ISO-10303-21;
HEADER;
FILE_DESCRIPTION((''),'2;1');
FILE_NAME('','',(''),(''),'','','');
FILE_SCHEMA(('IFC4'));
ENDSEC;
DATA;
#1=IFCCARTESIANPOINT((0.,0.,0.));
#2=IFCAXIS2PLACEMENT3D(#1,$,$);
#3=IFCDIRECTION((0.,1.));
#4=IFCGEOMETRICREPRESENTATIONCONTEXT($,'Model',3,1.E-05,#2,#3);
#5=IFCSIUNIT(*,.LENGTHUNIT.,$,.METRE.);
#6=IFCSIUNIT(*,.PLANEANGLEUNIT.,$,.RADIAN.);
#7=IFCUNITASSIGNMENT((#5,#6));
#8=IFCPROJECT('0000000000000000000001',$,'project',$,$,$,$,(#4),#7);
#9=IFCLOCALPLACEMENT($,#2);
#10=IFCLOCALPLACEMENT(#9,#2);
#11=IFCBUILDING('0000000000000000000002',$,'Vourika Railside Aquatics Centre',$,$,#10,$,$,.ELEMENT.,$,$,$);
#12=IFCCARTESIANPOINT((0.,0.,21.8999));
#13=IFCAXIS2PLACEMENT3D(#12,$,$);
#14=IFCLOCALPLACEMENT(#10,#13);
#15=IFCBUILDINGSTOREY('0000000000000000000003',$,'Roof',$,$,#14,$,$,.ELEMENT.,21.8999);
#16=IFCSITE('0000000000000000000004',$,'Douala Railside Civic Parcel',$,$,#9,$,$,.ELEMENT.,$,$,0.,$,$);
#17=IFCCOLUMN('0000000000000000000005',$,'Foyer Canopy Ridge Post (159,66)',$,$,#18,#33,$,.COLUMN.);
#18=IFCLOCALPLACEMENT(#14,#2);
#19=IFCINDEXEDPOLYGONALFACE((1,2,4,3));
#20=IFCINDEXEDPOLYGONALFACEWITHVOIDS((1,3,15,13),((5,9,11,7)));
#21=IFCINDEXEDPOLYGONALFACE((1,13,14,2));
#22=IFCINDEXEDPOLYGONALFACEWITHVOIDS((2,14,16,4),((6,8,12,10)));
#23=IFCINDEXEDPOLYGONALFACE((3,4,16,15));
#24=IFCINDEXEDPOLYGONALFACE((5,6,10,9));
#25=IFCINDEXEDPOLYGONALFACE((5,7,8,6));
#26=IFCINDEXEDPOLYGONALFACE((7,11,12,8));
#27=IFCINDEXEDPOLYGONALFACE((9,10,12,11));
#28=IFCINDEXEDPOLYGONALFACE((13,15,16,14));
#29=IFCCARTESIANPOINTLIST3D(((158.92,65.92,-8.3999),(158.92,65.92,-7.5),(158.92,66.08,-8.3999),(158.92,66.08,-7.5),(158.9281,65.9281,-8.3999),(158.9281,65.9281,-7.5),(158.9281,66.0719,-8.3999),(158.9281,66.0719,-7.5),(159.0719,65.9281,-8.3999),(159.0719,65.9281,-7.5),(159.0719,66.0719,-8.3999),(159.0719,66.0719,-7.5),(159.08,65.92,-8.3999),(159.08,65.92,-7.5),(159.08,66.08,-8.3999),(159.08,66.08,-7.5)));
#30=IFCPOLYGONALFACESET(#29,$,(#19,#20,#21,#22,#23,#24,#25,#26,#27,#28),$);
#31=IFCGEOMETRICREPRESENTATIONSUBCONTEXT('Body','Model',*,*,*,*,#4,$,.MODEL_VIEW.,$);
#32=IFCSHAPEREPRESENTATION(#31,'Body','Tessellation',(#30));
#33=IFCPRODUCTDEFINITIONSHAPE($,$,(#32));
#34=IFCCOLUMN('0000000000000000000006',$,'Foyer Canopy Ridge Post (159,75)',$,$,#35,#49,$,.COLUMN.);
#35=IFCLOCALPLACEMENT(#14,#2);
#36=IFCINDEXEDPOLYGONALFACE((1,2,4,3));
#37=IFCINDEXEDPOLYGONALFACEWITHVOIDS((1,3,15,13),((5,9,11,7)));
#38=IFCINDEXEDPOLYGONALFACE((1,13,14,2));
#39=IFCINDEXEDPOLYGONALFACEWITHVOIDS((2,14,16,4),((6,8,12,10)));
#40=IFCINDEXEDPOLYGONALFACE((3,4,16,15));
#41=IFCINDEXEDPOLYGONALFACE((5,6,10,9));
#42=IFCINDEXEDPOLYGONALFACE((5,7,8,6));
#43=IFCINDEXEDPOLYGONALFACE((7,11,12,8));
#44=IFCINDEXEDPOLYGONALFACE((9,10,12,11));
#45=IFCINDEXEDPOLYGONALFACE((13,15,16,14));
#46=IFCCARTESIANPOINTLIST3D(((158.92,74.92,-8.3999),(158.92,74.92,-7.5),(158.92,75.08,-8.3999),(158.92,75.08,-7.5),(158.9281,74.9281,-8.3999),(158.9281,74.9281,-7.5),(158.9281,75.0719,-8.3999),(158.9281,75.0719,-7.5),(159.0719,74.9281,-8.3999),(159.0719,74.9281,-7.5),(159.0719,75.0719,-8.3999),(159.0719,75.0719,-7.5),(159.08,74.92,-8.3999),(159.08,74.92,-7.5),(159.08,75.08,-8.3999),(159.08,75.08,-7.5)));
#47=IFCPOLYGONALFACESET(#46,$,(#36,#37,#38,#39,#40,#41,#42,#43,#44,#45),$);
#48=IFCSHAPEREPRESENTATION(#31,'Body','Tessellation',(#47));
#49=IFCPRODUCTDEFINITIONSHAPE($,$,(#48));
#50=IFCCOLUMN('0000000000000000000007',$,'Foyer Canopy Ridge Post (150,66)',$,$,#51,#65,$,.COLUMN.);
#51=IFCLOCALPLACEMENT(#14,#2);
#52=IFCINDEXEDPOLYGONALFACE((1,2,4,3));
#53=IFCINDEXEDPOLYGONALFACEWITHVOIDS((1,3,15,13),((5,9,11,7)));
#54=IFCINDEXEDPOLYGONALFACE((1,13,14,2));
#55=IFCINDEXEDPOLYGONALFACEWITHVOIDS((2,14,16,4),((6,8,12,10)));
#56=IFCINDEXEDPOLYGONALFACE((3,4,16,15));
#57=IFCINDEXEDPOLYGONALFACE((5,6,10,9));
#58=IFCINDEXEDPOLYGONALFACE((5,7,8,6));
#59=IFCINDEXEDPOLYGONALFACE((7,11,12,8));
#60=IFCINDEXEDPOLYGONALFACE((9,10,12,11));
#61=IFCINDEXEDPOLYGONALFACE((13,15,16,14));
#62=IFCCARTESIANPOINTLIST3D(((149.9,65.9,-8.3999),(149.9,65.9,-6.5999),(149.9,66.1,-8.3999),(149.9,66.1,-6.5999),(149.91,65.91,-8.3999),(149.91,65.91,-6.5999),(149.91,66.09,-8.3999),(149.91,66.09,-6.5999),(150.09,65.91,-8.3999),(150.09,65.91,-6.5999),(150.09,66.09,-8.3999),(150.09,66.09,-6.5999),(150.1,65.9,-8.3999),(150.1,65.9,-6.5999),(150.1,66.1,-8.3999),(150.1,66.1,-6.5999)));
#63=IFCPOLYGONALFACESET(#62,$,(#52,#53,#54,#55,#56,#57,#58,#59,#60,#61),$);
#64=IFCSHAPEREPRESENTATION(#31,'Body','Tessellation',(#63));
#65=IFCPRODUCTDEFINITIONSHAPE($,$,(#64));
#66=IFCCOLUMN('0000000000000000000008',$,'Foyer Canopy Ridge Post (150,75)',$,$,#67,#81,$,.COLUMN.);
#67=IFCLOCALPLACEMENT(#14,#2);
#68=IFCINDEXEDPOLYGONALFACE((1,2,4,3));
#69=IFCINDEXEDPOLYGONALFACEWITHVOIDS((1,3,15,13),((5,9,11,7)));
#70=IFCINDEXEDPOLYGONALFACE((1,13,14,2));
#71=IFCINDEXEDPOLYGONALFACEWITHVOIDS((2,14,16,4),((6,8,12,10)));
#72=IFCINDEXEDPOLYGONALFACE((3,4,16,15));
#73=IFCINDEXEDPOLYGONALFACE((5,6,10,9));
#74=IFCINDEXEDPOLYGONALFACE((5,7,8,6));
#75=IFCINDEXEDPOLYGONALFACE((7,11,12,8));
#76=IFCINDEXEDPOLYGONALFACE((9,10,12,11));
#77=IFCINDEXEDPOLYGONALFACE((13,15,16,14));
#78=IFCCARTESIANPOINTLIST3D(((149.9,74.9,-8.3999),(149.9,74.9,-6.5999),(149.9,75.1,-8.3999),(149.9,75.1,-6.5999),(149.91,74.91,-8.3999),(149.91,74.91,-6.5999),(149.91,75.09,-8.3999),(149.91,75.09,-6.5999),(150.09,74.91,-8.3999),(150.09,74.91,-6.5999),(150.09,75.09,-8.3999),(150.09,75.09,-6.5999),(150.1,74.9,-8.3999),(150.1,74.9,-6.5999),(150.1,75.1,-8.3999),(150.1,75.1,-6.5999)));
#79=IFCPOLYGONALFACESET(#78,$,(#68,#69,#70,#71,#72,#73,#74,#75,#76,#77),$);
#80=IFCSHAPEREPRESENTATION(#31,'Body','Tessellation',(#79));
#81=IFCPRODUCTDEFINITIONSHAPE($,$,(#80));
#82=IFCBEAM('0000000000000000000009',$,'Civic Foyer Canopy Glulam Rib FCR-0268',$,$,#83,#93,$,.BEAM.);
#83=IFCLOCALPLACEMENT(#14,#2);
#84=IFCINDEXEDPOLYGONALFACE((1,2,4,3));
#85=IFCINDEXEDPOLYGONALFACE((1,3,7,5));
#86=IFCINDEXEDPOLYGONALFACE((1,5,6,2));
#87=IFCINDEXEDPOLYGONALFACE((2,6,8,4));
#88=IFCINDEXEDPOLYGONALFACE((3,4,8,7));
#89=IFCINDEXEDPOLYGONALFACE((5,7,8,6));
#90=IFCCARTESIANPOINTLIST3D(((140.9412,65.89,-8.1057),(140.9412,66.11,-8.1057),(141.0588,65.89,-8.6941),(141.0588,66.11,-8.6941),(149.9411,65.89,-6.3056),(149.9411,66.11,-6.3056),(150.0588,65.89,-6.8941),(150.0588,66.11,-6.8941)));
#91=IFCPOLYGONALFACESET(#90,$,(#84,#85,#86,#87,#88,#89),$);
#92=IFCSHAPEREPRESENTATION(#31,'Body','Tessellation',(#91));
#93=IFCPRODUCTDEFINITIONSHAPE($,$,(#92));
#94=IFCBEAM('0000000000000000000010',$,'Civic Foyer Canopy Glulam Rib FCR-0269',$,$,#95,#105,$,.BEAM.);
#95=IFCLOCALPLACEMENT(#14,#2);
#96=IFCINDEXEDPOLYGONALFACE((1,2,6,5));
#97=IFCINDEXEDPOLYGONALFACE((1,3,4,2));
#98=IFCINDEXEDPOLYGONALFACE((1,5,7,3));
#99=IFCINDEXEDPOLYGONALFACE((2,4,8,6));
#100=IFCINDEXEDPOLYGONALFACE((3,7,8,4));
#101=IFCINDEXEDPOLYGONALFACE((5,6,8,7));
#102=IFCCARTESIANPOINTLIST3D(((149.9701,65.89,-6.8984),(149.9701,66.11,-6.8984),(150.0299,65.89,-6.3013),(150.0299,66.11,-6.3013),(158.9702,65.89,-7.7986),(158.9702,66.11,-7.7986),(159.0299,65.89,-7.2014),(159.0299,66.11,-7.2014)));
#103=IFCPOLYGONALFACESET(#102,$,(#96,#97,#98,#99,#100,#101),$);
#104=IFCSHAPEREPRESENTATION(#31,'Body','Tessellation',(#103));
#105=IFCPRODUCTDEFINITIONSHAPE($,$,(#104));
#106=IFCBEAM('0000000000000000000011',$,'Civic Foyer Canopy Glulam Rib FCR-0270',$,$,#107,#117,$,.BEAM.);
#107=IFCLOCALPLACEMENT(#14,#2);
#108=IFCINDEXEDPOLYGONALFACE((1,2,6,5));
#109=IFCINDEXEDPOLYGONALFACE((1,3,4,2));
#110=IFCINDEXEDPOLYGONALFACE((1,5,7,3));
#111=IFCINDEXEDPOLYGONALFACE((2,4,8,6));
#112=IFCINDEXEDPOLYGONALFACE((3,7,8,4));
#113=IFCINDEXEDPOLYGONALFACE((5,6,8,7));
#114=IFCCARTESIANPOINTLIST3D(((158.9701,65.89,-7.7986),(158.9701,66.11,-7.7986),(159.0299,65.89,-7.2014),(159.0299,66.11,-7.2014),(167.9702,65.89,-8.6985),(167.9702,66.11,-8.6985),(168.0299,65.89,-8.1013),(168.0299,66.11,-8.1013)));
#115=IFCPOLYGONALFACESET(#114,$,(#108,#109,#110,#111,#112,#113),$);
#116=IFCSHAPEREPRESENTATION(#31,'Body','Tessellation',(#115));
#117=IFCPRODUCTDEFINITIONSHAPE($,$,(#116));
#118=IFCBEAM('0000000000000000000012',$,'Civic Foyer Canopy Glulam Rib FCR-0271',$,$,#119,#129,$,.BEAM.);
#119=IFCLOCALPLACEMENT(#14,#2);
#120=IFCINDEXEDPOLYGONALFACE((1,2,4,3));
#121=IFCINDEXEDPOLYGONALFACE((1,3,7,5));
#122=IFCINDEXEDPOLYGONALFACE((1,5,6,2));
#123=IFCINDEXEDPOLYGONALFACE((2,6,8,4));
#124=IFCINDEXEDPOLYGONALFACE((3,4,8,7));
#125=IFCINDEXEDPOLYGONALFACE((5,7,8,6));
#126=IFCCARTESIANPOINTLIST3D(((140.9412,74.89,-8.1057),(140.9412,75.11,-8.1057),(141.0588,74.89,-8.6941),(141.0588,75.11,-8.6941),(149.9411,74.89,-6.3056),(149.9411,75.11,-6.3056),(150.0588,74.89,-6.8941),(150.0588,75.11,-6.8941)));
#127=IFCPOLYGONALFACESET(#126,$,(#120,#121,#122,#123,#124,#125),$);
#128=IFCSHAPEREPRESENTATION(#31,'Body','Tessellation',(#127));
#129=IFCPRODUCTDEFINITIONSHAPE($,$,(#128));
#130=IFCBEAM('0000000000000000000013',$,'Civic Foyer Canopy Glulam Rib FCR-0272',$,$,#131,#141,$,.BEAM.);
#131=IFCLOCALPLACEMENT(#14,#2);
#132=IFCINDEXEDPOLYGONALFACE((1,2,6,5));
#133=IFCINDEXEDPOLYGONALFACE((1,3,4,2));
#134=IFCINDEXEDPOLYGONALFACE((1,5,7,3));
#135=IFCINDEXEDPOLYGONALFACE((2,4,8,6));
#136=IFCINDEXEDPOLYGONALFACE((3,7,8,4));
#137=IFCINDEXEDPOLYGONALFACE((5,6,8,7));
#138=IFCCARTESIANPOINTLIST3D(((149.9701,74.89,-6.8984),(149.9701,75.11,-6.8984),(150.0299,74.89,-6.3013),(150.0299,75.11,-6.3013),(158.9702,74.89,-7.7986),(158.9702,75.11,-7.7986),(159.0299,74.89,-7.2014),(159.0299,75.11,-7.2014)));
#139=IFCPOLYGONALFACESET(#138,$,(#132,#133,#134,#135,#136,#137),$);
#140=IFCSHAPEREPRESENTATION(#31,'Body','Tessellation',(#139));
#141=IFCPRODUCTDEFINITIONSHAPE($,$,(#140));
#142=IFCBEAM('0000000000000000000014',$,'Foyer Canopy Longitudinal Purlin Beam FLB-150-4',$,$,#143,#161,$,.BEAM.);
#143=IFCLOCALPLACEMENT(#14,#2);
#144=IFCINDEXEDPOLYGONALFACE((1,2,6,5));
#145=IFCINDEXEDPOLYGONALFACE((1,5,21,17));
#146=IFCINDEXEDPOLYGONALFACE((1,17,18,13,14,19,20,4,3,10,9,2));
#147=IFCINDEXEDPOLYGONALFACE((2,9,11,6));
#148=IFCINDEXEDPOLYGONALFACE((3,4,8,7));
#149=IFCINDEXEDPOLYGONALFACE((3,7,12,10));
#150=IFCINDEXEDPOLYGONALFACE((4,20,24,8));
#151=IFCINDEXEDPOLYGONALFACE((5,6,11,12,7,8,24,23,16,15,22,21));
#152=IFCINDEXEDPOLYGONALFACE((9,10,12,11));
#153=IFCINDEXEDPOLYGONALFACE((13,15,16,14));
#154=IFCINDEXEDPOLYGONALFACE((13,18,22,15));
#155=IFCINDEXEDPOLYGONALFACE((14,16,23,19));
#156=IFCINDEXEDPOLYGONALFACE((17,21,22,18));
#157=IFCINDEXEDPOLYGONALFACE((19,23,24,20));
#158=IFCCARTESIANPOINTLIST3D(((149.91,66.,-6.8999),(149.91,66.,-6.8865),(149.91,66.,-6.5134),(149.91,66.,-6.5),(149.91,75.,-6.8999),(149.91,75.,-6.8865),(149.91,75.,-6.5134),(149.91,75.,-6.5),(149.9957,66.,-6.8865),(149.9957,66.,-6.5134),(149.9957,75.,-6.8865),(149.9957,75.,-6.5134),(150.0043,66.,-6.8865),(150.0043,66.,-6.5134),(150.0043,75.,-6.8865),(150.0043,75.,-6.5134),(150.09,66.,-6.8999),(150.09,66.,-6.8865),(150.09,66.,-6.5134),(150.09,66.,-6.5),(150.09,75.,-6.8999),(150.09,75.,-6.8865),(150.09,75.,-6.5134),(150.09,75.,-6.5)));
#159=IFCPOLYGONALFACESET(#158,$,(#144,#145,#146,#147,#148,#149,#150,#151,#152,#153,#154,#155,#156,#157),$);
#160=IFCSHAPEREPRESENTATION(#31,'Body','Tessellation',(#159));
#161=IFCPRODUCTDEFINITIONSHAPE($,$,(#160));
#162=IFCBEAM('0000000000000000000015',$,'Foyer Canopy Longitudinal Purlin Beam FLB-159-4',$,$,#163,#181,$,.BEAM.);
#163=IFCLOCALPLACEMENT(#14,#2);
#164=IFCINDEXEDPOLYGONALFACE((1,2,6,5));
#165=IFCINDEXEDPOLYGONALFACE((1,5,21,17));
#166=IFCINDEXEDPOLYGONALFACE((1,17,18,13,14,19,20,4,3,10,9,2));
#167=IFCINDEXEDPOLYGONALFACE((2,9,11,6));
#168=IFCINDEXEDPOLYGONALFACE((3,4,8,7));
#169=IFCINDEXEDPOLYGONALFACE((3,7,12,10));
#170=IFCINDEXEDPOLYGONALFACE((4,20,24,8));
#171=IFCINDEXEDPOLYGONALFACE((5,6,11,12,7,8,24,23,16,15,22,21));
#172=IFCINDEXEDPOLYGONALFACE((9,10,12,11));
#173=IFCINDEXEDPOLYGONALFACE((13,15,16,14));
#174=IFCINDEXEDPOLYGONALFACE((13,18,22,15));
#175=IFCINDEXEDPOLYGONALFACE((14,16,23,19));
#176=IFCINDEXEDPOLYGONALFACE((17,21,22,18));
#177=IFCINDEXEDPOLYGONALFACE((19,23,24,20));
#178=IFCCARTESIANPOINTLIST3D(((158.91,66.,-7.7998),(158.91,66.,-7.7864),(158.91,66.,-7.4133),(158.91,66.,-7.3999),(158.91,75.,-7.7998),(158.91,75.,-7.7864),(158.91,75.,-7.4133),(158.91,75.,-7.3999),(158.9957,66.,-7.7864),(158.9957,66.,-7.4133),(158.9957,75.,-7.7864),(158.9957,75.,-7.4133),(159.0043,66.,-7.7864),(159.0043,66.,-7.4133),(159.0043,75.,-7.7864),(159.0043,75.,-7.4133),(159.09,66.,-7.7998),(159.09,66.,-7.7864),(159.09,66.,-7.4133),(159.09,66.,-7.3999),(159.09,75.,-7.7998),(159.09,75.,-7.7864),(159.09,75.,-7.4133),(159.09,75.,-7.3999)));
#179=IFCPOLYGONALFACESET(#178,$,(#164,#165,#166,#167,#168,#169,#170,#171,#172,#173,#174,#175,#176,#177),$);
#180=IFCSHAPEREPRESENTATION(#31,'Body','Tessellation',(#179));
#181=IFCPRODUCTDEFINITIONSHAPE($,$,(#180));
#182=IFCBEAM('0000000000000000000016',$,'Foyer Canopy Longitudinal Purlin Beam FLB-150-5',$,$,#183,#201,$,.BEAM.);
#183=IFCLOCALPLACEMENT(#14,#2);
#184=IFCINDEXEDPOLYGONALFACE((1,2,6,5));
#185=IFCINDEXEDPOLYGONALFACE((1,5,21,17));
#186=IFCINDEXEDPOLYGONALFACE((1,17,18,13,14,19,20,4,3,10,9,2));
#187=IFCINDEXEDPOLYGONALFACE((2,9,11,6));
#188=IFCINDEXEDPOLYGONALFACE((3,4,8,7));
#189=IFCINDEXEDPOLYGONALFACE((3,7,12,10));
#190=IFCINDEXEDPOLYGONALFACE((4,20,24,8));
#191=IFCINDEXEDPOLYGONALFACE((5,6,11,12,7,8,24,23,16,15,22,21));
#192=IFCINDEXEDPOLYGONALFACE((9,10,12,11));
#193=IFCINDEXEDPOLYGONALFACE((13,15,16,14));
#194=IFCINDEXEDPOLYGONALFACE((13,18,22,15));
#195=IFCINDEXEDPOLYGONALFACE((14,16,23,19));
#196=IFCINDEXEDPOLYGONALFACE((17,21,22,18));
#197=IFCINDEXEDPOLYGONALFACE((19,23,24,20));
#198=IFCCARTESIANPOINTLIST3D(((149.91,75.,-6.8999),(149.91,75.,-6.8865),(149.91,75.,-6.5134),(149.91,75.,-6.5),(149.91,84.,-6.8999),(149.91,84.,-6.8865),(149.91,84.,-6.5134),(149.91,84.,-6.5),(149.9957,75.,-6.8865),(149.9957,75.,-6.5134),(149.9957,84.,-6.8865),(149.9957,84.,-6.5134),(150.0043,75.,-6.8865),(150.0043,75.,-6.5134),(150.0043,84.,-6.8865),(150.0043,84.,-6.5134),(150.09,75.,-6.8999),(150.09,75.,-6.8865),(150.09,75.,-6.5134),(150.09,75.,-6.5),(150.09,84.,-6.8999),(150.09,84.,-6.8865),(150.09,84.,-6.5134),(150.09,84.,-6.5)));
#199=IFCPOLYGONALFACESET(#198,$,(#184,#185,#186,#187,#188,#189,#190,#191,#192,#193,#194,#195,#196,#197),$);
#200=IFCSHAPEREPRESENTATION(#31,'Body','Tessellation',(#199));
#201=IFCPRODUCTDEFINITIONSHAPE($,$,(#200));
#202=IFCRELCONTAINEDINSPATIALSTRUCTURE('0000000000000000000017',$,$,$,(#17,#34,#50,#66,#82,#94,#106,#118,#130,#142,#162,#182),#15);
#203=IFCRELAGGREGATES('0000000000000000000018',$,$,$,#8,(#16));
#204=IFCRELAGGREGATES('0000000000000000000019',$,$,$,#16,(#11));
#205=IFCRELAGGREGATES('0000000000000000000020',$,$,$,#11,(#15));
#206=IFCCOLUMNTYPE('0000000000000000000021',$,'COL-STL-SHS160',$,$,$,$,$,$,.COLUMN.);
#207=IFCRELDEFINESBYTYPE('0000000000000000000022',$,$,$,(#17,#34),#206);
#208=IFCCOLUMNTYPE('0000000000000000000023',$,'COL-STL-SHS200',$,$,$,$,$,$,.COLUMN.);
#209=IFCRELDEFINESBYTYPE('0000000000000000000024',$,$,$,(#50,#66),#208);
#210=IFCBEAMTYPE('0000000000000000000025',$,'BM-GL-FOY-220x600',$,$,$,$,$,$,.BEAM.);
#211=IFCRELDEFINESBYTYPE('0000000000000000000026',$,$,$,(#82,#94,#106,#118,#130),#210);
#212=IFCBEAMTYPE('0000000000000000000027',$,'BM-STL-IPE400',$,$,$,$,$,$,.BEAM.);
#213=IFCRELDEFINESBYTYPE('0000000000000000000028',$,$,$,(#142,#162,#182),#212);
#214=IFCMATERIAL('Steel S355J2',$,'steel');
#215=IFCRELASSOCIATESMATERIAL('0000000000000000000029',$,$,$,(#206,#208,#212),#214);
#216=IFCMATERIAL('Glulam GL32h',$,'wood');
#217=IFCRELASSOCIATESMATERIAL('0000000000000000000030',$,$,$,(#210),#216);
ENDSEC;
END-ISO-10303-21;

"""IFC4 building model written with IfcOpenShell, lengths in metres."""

from ifc_helpers import new_model, si_unit, direction, frame, origin, origin_2d, place, context, subcontext, project, spatial, rectangle, hollow_rectangle, i_section, extrude, material, material_profile, profile_set, type_object, element, save


model = new_model("IFC4")

# Units and contexts
model_context = context("Model", 3, precision=1e-05, world=origin(), true_north=direction((0.0, 1.0)))
body_context = subcontext(model_context, "Body", "Model", "MODEL_VIEW")
ifc_project = project(units=[si_unit("LENGTHUNIT", "METRE"), si_unit("PLANEANGLEUNIT", "RADIAN")], contexts=[model_context])

# Site, building, storey
site_placement = place(None, origin())
site = spatial("IfcSite", under=ifc_project, at=site_placement, Name="Douala Railside Civic Parcel", CompositionType="ELEMENT", RefElevation=0.0)
building_placement = place(site_placement, origin())
building = spatial("IfcBuilding", under=site, at=building_placement, Name="Vourika Railside Aquatics Centre", CompositionType="ELEMENT")
storey_placement = place(building_placement, frame((0.0, 0.0, 21.8999)))
storey = spatial("IfcBuildingStorey", under=building, at=storey_placement, Name="Roof", CompositionType="ELEMENT", Elevation=21.8999)

# Columns
ifc_material_1 = material(Name="Steel S355J2", Category="steel")
ifc_material_profile_1 = material_profile(ifc_material_1, hollow_rectangle(XDim=0.1599, YDim=0.1599, WallThickness=0.0081, at=origin_2d()), Name="SHS 160x160x8")
ifc_profile_set_1 = profile_set([ifc_material_profile_1], Name="Steel S355J2")
column_type_1 = type_object("IfcColumnType", Name="COL-STL-SHS160", PredefinedType="COLUMN", material=ifc_profile_set_1)
for number, where, z_axis, x_axis, name in (
    (1, (159.0, 66.0, -8.3999), (0.0, 0.0, 1.0), (1.0, 0.0, 0.0), "Foyer Canopy Ridge Post (159,66)"),
    (2, (159.0, 75.0, -8.3999), (0.0, 0.0, 1.0), (1.0, 0.0, 0.0), "Foyer Canopy Ridge Post (159,75)"),
):
    element("IfcColumn", number, at=place(storey_placement, frame(where, z_axis=z_axis, x_axis=x_axis)), inside=storey, type_object=column_type_1, Name=name, PredefinedType="COLUMN", context=body_context, shape_type="SweptSolid", body=[
        extrude(hollow_rectangle(XDim=0.1599, YDim=0.1599, WallThickness=0.0081, at=origin_2d()), origin(), (0.0, 0.0, 1.0), 0.8999),
    ])
ifc_material_profile_2 = material_profile(ifc_material_1, hollow_rectangle(XDim=0.2, YDim=0.2, WallThickness=0.01, at=origin_2d()), Name="SHS 200x200x10")
ifc_profile_set_2 = profile_set([ifc_material_profile_2], Name="Steel S355J2")
column_type_2 = type_object("IfcColumnType", Name="COL-STL-SHS200", PredefinedType="COLUMN", material=ifc_profile_set_2)
for number, where, z_axis, x_axis, name in (
    (3, (150.0, 66.0, -8.3999), (0.0, 0.0, 1.0), (1.0, 0.0, 0.0), "Foyer Canopy Ridge Post (150,66)"),
    (4, (150.0, 75.0, -8.3999), (0.0, 0.0, 1.0), (1.0, 0.0, 0.0), "Foyer Canopy Ridge Post (150,75)"),
):
    element("IfcColumn", number, at=place(storey_placement, frame(where, z_axis=z_axis, x_axis=x_axis)), inside=storey, type_object=column_type_2, Name=name, PredefinedType="COLUMN", context=body_context, shape_type="SweptSolid", body=[
        extrude(hollow_rectangle(XDim=0.2, YDim=0.2, WallThickness=0.01, at=origin_2d()), origin(), (0.0, 0.0, 1.0), 1.8),
    ])

# Beams
ifc_material_2 = material(Name="Glulam GL32h", Category="wood")
ifc_material_profile_3 = material_profile(ifc_material_2, rectangle(XDim=0.22, YDim=0.6001, at=origin_2d()), Name="GL32h 220x600")
ifc_profile_set_3 = profile_set([ifc_material_profile_3], Name="Glulam GL32h")
beam_type_1 = type_object("IfcBeamType", Name="BM-GL-FOY-220x600", PredefinedType="BEAM", material=ifc_profile_set_3)
beam_1_placement = place(storey_placement, frame((141.0, 66.0, -8.3999), z_axis=(0.98058, 0.0, 0.196121), x_axis=(0.0, 1.0, 0.0)))
element("IfcBeam", 5, at=beam_1_placement, inside=storey, type_object=beam_type_1, Name="Civic Foyer Canopy Glulam Rib FCR-0268", PredefinedType="BEAM", context=body_context, shape_type="SweptSolid", body=[
    extrude(rectangle(XDim=0.22, YDim=0.6001, at=origin_2d()), origin(), (0.0, 0.0, 1.0), 9.1782),
])
for number, where, z_axis, x_axis, name in (
    (6, (150.0, 66.0, -6.5999), (0.995036, 0.0, -0.09952), (0.0, 1.0, 0.0), "Civic Foyer Canopy Glulam Rib FCR-0269"),
    (7, (159.0, 66.0, -7.5), (0.995038, 0.0, -0.099493), (0.0, 1.0, 0.0), "Civic Foyer Canopy Glulam Rib FCR-0270"),
):
    element("IfcBeam", number, at=place(storey_placement, frame(where, z_axis=z_axis, x_axis=x_axis)), inside=storey, type_object=beam_type_1, Name=name, PredefinedType="BEAM", context=body_context, shape_type="SweptSolid", body=[
        extrude(rectangle(XDim=0.22, YDim=0.6001, at=origin_2d()), origin(), (0.0, 0.0, 1.0), 9.0449),
    ])
beam_2_placement = place(storey_placement, frame((141.0, 75.0, -8.3999), z_axis=(0.98058, 0.0, 0.196121), x_axis=(0.0, 1.0, 0.0)))
element("IfcBeam", 8, at=beam_2_placement, inside=storey, type_object=beam_type_1, Name="Civic Foyer Canopy Glulam Rib FCR-0271", PredefinedType="BEAM", context=body_context, shape_type="SweptSolid", body=[
    extrude(rectangle(XDim=0.22, YDim=0.6001, at=origin_2d()), origin(), (0.0, 0.0, 1.0), 9.1782),
])
beam_3_placement = place(storey_placement, frame((150.0, 75.0, -6.5999), z_axis=(0.995036, 0.0, -0.09952), x_axis=(0.0, 1.0, 0.0)))
element("IfcBeam", 9, at=beam_3_placement, inside=storey, type_object=beam_type_1, Name="Civic Foyer Canopy Glulam Rib FCR-0272", PredefinedType="BEAM", context=body_context, shape_type="SweptSolid", body=[
    extrude(rectangle(XDim=0.22, YDim=0.6001, at=origin_2d()), origin(), (0.0, 0.0, 1.0), 9.0449),
])
ifc_material_profile_4 = material_profile(ifc_material_1, i_section(OverallWidth=0.1799, OverallDepth=0.3999, WebThickness=0.0085, FlangeThickness=0.0134, at=origin_2d()), Name="IPE 400")
ifc_profile_set_4 = profile_set([ifc_material_profile_4], Name="Steel S355J2")
beam_type_2 = type_object("IfcBeamType", Name="BM-STL-IPE400", PredefinedType="BEAM", material=ifc_profile_set_4)
for number, where, z_axis, x_axis, name in (
    (10, (150.0, 66.0, -6.7), (0.0, 1.0, 0.0), (-1.0, 0.0, 0.0), "Foyer Canopy Longitudinal Purlin Beam FLB-150-4"),
    (11, (159.0, 66.0, -7.5999), (0.0, 1.0, 0.0), (-1.0, 0.0, 0.0), "Foyer Canopy Longitudinal Purlin Beam FLB-159-4"),
    (12, (150.0, 75.0, -6.7), (0.0, 1.0, 0.0), (-1.0, 0.0, 0.0), "Foyer Canopy Longitudinal Purlin Beam FLB-150-5"),
):
    element("IfcBeam", number, at=place(storey_placement, frame(where, z_axis=z_axis, x_axis=x_axis)), inside=storey, type_object=beam_type_2, Name=name, PredefinedType="BEAM", context=body_context, shape_type="SweptSolid", body=[
        extrude(i_section(OverallWidth=0.1799, OverallDepth=0.3999, WebThickness=0.0085, FlangeThickness=0.0134, at=origin_2d()), origin(), (0.0, 0.0, 1.0), 9.0),
    ])

save(model, "model.ifc")
